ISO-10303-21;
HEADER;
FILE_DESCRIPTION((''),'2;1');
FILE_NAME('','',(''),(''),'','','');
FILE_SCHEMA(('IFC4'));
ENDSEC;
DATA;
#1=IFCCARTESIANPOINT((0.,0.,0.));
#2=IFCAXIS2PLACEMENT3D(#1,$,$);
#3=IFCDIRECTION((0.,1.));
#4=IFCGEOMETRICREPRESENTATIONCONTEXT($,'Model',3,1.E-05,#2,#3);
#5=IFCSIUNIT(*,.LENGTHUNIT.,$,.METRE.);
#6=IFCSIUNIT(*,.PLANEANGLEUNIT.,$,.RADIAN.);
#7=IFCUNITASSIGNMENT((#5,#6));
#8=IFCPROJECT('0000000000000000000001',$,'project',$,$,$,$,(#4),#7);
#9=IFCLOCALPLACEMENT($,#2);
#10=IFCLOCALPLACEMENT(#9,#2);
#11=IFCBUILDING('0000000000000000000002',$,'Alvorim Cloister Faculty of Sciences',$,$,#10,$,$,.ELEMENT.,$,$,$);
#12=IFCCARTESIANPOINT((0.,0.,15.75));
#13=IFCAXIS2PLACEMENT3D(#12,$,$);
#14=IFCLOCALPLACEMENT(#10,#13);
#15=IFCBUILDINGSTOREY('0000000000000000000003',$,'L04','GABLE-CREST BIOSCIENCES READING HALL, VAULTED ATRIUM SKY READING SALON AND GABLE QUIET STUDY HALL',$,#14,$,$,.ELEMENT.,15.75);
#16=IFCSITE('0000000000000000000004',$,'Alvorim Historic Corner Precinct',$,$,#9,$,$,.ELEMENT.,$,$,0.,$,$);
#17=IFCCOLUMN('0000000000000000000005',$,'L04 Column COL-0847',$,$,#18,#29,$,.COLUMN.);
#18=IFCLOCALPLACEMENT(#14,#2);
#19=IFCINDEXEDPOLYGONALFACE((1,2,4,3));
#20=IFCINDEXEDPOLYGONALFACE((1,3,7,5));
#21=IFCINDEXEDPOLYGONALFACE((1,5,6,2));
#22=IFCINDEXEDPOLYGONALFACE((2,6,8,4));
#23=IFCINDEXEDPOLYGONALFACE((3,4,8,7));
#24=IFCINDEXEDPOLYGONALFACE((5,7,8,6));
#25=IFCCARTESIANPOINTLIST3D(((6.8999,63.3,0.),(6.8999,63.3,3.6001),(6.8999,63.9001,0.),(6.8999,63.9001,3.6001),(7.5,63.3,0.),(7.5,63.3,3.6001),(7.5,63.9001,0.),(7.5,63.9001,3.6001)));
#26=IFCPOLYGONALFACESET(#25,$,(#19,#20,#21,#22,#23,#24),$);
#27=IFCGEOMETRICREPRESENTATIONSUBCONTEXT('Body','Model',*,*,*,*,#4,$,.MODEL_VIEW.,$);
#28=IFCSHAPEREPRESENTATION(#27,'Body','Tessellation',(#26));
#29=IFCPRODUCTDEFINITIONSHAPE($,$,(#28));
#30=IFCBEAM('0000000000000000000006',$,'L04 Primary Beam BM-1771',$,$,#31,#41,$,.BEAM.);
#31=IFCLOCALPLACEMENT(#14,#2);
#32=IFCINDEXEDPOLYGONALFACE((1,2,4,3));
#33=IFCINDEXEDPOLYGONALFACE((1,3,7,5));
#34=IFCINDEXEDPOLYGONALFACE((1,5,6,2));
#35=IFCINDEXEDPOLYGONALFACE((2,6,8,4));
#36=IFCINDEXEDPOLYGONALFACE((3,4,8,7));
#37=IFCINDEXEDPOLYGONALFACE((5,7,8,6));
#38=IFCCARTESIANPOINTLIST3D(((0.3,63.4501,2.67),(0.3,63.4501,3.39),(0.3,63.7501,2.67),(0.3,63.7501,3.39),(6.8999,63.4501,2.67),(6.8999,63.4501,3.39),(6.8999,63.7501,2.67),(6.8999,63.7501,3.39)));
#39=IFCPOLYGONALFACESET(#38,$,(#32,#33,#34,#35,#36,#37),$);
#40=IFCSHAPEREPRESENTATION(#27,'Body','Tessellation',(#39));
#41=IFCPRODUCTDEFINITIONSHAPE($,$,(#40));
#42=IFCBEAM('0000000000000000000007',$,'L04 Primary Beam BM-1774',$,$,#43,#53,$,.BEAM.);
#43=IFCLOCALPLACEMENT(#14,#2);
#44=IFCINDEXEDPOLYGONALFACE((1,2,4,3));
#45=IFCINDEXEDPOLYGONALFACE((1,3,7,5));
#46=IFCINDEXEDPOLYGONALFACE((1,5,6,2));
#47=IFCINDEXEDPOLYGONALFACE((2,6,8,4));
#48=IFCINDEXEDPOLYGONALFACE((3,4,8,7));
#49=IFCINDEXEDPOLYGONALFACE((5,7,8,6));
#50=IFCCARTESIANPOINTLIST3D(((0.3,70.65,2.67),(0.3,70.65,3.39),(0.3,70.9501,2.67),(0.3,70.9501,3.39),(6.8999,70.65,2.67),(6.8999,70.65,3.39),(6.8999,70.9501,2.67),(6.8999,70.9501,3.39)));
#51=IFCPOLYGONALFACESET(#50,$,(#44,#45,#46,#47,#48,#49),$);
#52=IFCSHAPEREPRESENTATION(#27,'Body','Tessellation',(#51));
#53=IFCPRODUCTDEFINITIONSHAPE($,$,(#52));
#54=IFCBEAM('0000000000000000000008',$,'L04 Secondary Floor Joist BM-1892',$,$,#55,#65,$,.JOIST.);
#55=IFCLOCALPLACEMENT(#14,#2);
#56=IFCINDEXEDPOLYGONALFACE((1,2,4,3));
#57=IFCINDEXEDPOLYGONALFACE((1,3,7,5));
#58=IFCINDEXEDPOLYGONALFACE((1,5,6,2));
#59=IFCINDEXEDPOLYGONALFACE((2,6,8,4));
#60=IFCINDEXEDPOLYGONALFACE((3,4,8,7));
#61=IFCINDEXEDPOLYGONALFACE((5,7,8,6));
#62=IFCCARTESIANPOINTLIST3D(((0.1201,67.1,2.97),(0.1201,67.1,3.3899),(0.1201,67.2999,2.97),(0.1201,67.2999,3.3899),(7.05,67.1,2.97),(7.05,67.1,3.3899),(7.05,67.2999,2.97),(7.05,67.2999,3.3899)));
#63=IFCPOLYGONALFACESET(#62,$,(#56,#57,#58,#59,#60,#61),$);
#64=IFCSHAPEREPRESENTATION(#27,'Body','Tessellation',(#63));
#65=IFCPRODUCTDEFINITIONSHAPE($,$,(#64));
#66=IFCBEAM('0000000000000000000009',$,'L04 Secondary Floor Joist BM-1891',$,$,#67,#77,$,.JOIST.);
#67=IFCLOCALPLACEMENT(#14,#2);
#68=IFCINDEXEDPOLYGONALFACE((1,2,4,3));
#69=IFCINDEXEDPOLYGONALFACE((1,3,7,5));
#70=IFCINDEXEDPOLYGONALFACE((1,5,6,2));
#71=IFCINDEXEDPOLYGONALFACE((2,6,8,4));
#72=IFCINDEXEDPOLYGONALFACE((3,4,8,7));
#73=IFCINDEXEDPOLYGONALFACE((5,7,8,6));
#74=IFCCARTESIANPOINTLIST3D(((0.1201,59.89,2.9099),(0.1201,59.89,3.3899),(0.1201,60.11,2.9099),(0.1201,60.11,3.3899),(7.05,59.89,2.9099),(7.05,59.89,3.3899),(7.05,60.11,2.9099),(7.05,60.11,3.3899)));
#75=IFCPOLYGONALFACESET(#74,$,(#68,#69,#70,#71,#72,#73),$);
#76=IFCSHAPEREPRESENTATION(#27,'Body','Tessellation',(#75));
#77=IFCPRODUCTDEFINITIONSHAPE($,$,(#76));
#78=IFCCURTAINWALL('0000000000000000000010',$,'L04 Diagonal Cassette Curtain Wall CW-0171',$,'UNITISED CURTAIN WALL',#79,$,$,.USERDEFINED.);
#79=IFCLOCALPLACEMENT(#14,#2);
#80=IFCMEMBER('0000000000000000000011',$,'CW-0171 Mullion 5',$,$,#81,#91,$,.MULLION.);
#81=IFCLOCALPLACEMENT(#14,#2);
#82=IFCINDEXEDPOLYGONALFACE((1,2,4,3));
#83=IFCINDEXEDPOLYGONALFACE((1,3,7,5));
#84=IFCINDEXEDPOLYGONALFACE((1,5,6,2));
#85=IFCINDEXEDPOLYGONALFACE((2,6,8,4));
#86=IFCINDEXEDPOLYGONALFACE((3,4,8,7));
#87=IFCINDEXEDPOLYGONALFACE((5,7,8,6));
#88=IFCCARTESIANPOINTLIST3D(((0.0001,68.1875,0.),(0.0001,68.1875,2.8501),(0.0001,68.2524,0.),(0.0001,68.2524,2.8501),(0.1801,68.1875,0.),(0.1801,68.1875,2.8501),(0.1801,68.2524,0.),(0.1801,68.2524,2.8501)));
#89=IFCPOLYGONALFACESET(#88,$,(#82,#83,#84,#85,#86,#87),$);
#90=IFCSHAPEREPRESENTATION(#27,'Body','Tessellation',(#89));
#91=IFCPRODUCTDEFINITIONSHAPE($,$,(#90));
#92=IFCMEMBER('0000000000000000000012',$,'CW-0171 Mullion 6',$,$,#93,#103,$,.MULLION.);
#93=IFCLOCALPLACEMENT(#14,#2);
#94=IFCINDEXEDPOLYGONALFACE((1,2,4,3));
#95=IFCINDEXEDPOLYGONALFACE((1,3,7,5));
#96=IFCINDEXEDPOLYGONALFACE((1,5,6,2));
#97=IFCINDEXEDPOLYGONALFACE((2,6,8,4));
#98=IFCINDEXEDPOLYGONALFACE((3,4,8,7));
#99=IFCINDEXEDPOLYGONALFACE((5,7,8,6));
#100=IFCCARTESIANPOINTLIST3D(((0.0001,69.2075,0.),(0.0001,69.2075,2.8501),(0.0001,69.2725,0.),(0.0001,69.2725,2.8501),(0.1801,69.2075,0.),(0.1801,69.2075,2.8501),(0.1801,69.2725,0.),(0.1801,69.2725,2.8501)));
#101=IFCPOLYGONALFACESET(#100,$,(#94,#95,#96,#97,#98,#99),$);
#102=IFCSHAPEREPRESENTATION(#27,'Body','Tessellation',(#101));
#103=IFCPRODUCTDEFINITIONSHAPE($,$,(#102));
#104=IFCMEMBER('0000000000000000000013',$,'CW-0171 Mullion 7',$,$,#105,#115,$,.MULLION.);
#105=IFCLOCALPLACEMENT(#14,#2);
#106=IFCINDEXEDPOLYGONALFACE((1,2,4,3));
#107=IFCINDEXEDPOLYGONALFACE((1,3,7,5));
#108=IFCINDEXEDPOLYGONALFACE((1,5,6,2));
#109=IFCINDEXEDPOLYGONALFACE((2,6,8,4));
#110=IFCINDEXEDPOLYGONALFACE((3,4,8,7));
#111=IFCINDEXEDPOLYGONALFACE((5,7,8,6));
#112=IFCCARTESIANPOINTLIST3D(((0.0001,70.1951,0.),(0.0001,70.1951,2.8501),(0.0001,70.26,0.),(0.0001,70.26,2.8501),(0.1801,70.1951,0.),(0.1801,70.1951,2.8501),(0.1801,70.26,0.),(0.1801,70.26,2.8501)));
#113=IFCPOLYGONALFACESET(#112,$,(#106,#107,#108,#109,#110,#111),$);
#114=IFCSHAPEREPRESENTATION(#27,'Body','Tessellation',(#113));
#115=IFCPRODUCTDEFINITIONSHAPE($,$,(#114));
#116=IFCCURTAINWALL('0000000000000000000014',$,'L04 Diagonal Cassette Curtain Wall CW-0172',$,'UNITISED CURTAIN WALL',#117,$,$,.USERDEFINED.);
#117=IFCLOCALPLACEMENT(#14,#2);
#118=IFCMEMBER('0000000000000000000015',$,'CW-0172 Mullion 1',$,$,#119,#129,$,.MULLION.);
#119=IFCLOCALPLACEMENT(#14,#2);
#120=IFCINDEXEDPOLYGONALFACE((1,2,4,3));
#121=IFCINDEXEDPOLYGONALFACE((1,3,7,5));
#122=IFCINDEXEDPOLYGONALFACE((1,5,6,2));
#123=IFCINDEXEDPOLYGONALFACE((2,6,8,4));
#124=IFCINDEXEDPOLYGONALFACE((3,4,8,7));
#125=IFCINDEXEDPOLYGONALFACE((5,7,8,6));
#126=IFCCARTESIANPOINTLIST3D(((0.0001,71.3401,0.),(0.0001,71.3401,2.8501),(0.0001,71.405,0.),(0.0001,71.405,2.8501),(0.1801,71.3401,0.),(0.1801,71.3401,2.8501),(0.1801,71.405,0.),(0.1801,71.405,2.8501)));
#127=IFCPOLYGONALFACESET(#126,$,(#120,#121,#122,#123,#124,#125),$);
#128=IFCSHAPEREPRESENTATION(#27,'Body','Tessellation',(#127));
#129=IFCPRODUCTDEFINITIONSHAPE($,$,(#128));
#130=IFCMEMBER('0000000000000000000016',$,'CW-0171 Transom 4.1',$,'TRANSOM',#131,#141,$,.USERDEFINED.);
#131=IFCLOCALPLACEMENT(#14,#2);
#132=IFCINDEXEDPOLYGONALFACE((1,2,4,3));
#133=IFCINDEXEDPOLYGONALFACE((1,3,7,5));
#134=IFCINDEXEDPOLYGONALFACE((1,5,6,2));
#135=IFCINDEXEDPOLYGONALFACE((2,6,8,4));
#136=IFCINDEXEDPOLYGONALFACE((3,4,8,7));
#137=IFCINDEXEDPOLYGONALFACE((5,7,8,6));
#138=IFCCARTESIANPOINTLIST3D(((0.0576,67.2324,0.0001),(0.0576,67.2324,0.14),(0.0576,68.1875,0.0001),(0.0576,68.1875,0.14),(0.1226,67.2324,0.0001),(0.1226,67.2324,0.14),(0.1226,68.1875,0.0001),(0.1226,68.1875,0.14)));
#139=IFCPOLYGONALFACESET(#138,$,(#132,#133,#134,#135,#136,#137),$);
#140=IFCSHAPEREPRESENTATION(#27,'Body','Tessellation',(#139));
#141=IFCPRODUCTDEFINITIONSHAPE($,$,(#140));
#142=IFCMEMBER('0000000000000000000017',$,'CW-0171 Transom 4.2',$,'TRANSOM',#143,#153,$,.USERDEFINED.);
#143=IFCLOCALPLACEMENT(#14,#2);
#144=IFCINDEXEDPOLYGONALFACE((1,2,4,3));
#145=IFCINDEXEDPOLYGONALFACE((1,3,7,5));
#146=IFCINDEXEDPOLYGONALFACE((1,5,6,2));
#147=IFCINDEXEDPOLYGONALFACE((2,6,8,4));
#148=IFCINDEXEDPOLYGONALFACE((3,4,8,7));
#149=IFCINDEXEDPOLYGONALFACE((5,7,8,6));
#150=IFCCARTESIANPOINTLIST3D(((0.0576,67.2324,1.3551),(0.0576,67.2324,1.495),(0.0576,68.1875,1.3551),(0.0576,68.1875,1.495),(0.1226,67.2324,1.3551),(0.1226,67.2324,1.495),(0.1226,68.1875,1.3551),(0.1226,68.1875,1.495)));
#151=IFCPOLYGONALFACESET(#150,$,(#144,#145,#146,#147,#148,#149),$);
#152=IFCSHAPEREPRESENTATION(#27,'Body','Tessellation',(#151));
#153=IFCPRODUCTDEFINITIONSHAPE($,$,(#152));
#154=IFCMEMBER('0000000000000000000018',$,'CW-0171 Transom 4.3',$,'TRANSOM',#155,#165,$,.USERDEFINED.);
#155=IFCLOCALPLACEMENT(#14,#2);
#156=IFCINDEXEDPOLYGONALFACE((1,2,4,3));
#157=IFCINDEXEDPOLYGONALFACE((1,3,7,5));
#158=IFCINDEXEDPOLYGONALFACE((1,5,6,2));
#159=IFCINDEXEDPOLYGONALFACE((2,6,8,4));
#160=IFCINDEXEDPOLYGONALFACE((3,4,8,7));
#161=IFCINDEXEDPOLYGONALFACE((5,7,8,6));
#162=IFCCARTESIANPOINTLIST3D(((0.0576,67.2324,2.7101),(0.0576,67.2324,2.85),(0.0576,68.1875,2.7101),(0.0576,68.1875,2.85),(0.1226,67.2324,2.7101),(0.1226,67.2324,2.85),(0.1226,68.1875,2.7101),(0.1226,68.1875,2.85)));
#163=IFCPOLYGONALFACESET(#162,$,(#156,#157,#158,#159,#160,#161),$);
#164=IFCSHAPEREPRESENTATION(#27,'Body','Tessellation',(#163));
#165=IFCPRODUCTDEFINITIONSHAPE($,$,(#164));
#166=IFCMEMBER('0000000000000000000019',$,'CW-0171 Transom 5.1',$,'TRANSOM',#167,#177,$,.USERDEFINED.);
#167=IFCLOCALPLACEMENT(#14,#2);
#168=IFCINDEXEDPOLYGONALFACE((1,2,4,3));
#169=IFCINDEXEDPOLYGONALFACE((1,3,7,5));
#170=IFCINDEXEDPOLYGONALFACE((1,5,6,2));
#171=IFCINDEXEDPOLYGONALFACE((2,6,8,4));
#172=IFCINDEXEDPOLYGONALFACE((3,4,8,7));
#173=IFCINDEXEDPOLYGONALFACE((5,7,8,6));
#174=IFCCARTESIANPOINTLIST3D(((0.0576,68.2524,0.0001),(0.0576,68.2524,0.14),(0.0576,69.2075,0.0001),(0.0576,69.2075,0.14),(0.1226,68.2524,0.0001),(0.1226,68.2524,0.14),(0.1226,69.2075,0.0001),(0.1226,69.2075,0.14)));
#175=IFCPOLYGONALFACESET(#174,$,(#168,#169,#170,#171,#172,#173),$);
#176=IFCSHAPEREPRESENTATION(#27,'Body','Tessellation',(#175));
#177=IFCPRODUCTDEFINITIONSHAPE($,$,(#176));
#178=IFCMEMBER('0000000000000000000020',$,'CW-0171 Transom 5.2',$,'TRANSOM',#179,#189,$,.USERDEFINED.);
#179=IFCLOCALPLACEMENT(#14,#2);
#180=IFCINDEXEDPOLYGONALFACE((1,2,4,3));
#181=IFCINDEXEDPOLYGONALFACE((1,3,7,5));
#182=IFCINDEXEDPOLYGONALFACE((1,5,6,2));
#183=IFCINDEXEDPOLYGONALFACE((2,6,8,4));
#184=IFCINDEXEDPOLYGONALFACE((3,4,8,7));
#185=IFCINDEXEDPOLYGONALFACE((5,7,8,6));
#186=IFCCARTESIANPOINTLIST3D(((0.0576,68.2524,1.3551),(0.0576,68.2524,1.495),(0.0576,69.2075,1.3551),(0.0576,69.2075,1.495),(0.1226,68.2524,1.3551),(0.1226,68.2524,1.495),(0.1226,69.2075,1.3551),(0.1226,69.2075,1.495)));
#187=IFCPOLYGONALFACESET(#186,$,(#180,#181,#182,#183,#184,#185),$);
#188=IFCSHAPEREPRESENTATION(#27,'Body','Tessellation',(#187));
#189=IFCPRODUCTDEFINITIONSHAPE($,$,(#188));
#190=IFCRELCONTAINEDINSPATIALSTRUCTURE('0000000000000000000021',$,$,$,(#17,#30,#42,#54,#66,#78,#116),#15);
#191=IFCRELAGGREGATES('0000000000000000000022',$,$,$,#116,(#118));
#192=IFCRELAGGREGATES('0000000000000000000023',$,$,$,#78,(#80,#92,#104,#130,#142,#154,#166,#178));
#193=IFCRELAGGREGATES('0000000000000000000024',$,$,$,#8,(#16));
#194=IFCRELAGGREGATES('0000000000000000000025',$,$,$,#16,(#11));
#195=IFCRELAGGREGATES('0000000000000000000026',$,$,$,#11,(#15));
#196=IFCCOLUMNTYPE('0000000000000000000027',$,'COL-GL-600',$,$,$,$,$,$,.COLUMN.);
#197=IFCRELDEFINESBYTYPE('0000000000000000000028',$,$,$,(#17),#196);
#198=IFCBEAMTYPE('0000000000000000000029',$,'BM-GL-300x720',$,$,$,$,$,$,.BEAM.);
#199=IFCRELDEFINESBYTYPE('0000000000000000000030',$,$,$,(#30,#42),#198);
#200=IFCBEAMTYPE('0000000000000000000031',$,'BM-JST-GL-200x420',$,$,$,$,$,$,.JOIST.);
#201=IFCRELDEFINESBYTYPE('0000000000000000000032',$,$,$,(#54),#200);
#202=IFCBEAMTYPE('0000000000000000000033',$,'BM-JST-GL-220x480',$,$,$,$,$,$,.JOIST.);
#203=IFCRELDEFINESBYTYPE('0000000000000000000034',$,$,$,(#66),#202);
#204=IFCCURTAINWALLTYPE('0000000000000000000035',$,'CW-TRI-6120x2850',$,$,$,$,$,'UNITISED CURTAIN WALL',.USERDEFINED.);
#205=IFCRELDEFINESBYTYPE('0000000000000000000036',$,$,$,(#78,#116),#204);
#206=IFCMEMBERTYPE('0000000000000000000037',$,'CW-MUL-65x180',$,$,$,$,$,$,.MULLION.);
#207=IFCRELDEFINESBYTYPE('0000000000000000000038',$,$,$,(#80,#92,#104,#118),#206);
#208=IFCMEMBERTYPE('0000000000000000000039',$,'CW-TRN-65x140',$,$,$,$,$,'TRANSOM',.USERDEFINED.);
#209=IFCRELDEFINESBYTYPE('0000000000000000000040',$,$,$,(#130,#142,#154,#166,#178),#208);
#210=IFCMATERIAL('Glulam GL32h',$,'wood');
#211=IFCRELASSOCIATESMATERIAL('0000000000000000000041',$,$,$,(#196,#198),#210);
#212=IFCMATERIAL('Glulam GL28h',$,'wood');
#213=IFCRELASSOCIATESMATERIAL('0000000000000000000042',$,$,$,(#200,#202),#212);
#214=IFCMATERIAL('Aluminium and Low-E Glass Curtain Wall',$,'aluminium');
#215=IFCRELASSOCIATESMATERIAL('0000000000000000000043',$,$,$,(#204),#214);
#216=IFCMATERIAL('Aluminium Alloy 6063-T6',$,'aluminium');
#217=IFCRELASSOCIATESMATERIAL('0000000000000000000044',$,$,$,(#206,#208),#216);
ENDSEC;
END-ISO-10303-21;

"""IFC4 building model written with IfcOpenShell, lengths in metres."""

from ifc_helpers import new_model, si_unit, direction, frame, origin, origin_2d, place, context, subcontext, project, spatial, rectangle, extrude, material, material_profile, profile_set, type_object, element, aggregate, save


model = new_model("IFC4")

# Units and contexts
model_context = context("Model", 3, precision=1e-05, world=origin(), true_north=direction((0.0, 1.0)))
body_context = subcontext(model_context, "Body", "Model", "MODEL_VIEW")
ifc_project = project(units=[si_unit("LENGTHUNIT", "METRE"), si_unit("PLANEANGLEUNIT", "RADIAN")], contexts=[model_context])

# Site, building, storey
site_placement = place(None, origin())
site = spatial("IfcSite", under=ifc_project, at=site_placement, Name="Alvorim Historic Corner Precinct", CompositionType="ELEMENT", RefElevation=0.0)
building_placement = place(site_placement, origin())
building = spatial("IfcBuilding", under=site, at=building_placement, Name="Alvorim Cloister Faculty of Sciences", CompositionType="ELEMENT")
storey_placement = place(building_placement, frame((0.0, 0.0, 15.75)))
storey = spatial("IfcBuildingStorey", under=building, at=storey_placement, Name="L04", Description="GABLE-CREST BIOSCIENCES READING HALL, VAULTED ATRIUM SKY READING SALON AND GABLE QUIET STUDY HALL", CompositionType="ELEMENT", Elevation=15.75)

# Column
ifc_material_1 = material(Name="Glulam GL32h", Category="wood")
ifc_material_profile_1 = material_profile(ifc_material_1, rectangle(XDim=0.6001, YDim=0.6001, at=origin_2d()), Name="GL32-COL-600x600")
ifc_profile_set_1 = profile_set([ifc_material_profile_1], Name="Glulam GL32h")
column_type = type_object("IfcColumnType", Name="COL-GL-600", PredefinedType="COLUMN", material=ifc_profile_set_1)
column_placement = place(storey_placement, frame((7.2, 63.6001, 0.0), z_axis=(0.0, 0.0, 1.0), x_axis=(1.0, 0.0, 0.0)))
element("IfcColumn", 1, at=column_placement, inside=storey, type_object=column_type, Name="L04 Column COL-0847", PredefinedType="COLUMN", context=body_context, shape_type="SweptSolid", body=[
    extrude(rectangle(XDim=0.6001, YDim=0.6001, at=origin_2d()), origin(), (0.0, 0.0, 1.0), 3.6001),
])

# Beams
ifc_material_profile_2 = material_profile(ifc_material_1, rectangle(XDim=0.3, YDim=0.72, at=origin_2d()), Name="GL32-BM-300x720")
ifc_profile_set_2 = profile_set([ifc_material_profile_2], Name="Glulam GL32h")
beam_type_1 = type_object("IfcBeamType", Name="BM-GL-300x720", PredefinedType="BEAM", material=ifc_profile_set_2)
for number, where, z_axis, x_axis, name in (
    (2, (0.3, 63.6001, 3.03), (1.0, 0.0, 0.0), (0.0, 1.0, 0.0), "L04 Primary Beam BM-1771"),
    (3, (0.3, 70.8, 3.03), (1.0, 0.0, 0.0), (0.0, 1.0, 0.0), "L04 Primary Beam BM-1774"),
):
    element("IfcBeam", number, at=place(storey_placement, frame(where, z_axis=z_axis, x_axis=x_axis)), inside=storey, type_object=beam_type_1, Name=name, PredefinedType="BEAM", context=body_context, shape_type="SweptSolid", body=[
        extrude(rectangle(XDim=0.3, YDim=0.72, at=origin_2d()), origin(), (0.0, 0.0, 1.0), 6.5999),
    ])
ifc_material_2 = material(Name="Glulam GL28h", Category="wood")
ifc_material_profile_3 = material_profile(ifc_material_2, rectangle(XDim=0.2, YDim=0.4199, at=origin_2d()), Name="GL28-JST-200x420")
ifc_profile_set_3 = profile_set([ifc_material_profile_3], Name="Glulam GL28h")
beam_type_2 = type_object("IfcBeamType", Name="BM-JST-GL-200x420", PredefinedType="JOIST", material=ifc_profile_set_3)
beam_1_placement = place(storey_placement, frame((0.1201, 67.2, 3.1799), z_axis=(1.0, 0.0, 0.0), x_axis=(0.0, 1.0, 0.0)))
element("IfcBeam", 4, at=beam_1_placement, inside=storey, type_object=beam_type_2, Name="L04 Secondary Floor Joist BM-1892", PredefinedType="JOIST", context=body_context, shape_type="SweptSolid", body=[
    extrude(rectangle(XDim=0.2, YDim=0.4199, at=origin_2d()), origin(), (0.0, 0.0, 1.0), 6.9299),
])
ifc_material_profile_4 = material_profile(ifc_material_2, rectangle(XDim=0.22, YDim=0.48, at=origin_2d()), Name="GL28-JST-220x480")
ifc_profile_set_4 = profile_set([ifc_material_profile_4], Name="Glulam GL28h")
beam_type_3 = type_object("IfcBeamType", Name="BM-JST-GL-220x480", PredefinedType="JOIST", material=ifc_profile_set_4)
beam_2_placement = place(storey_placement, frame((0.1201, 60.0, 3.1499), z_axis=(1.0, 0.0, 0.0), x_axis=(0.0, 1.0, 0.0)))
element("IfcBeam", 5, at=beam_2_placement, inside=storey, type_object=beam_type_3, Name="L04 Secondary Floor Joist BM-1891", PredefinedType="JOIST", context=body_context, shape_type="SweptSolid", body=[
    extrude(rectangle(XDim=0.22, YDim=0.48, at=origin_2d()), origin(), (0.0, 0.0, 1.0), 6.9299),
])

# Curtain wall, members
ifc_material_3 = material(Name="Aluminium and Low-E Glass Curtain Wall", Category="aluminium")
curtain_wall_type = type_object("IfcCurtainWallType", Name="CW-TRI-6120x2850", ElementType="UNITISED CURTAIN WALL", PredefinedType="USERDEFINED", material=ifc_material_3)
curtain_wall_1_placement = place(storey_placement, origin())
curtain_wall_1 = element("IfcCurtainWall", 6, at=curtain_wall_1_placement, inside=storey, type_object=curtain_wall_type, Name="L04 Diagonal Cassette Curtain Wall CW-0171", ObjectType="UNITISED CURTAIN WALL", PredefinedType="USERDEFINED")
ifc_material_4 = material(Name="Aluminium Alloy 6063-T6", Category="aluminium")
ifc_material_profile_5 = material_profile(ifc_material_4, rectangle(XDim=0.0649, YDim=0.1799, at=origin_2d()), Name="ALU-MUL-65x180")
ifc_profile_set_5 = profile_set([ifc_material_profile_5], Name="Aluminium Alloy 6063-T6")
member_type_1 = type_object("IfcMemberType", Name="CW-MUL-65x180", PredefinedType="MULLION", material=ifc_profile_set_5)
member_1_placement = place(storey_placement, frame((0.0901, 68.22, 0.0), z_axis=(0.0, 0.0, 1.0), x_axis=(0.0, 1.0, 0.0)))
member_1 = element("IfcMember", 7, at=member_1_placement, type_object=member_type_1, Name="CW-0171 Mullion 5", PredefinedType="MULLION", context=body_context, shape_type="SweptSolid", body=[
    extrude(rectangle(XDim=0.0649, YDim=0.1799, at=origin_2d()), origin(), (0.0, 0.0, 1.0), 2.8501),
])
member_2_placement = place(storey_placement, frame((0.0901, 69.24, 0.0), z_axis=(0.0, 0.0, 1.0), x_axis=(0.0, 1.0, 0.0)))
member_2 = element("IfcMember", 8, at=member_2_placement, type_object=member_type_1, Name="CW-0171 Mullion 6", PredefinedType="MULLION", context=body_context, shape_type="SweptSolid", body=[
    extrude(rectangle(XDim=0.0649, YDim=0.1799, at=origin_2d()), origin(), (0.0, 0.0, 1.0), 2.8501),
])
member_3_placement = place(storey_placement, frame((0.0901, 70.2275, 0.0), z_axis=(0.0, 0.0, 1.0), x_axis=(0.0, 1.0, 0.0)))
member_3 = element("IfcMember", 9, at=member_3_placement, type_object=member_type_1, Name="CW-0171 Mullion 7", PredefinedType="MULLION", context=body_context, shape_type="SweptSolid", body=[
    extrude(rectangle(XDim=0.0649, YDim=0.1799, at=origin_2d()), origin(), (0.0, 0.0, 1.0), 2.8501),
])

# Curtain wall, member
curtain_wall_2_placement = place(storey_placement, origin())
curtain_wall_2 = element("IfcCurtainWall", 10, at=curtain_wall_2_placement, inside=storey, type_object=curtain_wall_type, Name="L04 Diagonal Cassette Curtain Wall CW-0172", ObjectType="UNITISED CURTAIN WALL", PredefinedType="USERDEFINED")
member_4_placement = place(storey_placement, frame((0.0901, 71.3726, 0.0), z_axis=(0.0, 0.0, 1.0), x_axis=(0.0, 1.0, 0.0)))
member_4 = element("IfcMember", 11, at=member_4_placement, type_object=member_type_1, Name="CW-0172 Mullion 1", PredefinedType="MULLION", context=body_context, shape_type="SweptSolid", body=[
    extrude(rectangle(XDim=0.0649, YDim=0.1799, at=origin_2d()), origin(), (0.0, 0.0, 1.0), 2.8501),
])
aggregate(curtain_wall_2, [member_4])

# Members
ifc_material_profile_6 = material_profile(ifc_material_4, rectangle(XDim=0.0649, YDim=0.1399, at=origin_2d()), Name="ALU-TRN-65x140")
ifc_profile_set_6 = profile_set([ifc_material_profile_6], Name="Aluminium Alloy 6063-T6")
member_type_2 = type_object("IfcMemberType", Name="CW-TRN-65x140", ElementType="TRANSOM", PredefinedType="USERDEFINED", material=ifc_profile_set_6)
member_5_placement = place(storey_placement, frame((0.0901, 67.2324, 0.0701), z_axis=(0.0, 1.0, 0.0), x_axis=(-1.0, 0.0, 0.0)))
member_5 = element("IfcMember", 12, at=member_5_placement, type_object=member_type_2, Name="CW-0171 Transom 4.1", ObjectType="TRANSOM", PredefinedType="USERDEFINED", context=body_context, shape_type="SweptSolid", body=[
    extrude(rectangle(XDim=0.0649, YDim=0.1399, at=origin_2d()), origin(), (0.0, 0.0, 1.0), 0.9551),
])
member_6_placement = place(storey_placement, frame((0.0901, 67.2324, 1.425), z_axis=(0.0, 1.0, 0.0), x_axis=(-1.0, 0.0, 0.0)))
member_6 = element("IfcMember", 13, at=member_6_placement, type_object=member_type_2, Name="CW-0171 Transom 4.2", ObjectType="TRANSOM", PredefinedType="USERDEFINED", context=body_context, shape_type="SweptSolid", body=[
    extrude(rectangle(XDim=0.0649, YDim=0.1399, at=origin_2d()), origin(), (0.0, 0.0, 1.0), 0.9551),
])
member_7_placement = place(storey_placement, frame((0.0901, 67.2324, 2.78), z_axis=(0.0, 1.0, 0.0), x_axis=(-1.0, 0.0, 0.0)))
member_7 = element("IfcMember", 14, at=member_7_placement, type_object=member_type_2, Name="CW-0171 Transom 4.3", ObjectType="TRANSOM", PredefinedType="USERDEFINED", context=body_context, shape_type="SweptSolid", body=[
    extrude(rectangle(XDim=0.0649, YDim=0.1399, at=origin_2d()), origin(), (0.0, 0.0, 1.0), 0.9551),
])
member_8_placement = place(storey_placement, frame((0.0901, 68.2524, 0.0701), z_axis=(0.0, 1.0, 0.0), x_axis=(-1.0, 0.0, 0.0)))
member_8 = element("IfcMember", 15, at=member_8_placement, type_object=member_type_2, Name="CW-0171 Transom 5.1", ObjectType="TRANSOM", PredefinedType="USERDEFINED", context=body_context, shape_type="SweptSolid", body=[
    extrude(rectangle(XDim=0.0649, YDim=0.1399, at=origin_2d()), origin(), (0.0, 0.0, 1.0), 0.9551),
])
member_9_placement = place(storey_placement, frame((0.0901, 68.2524, 1.425), z_axis=(0.0, 1.0, 0.0), x_axis=(-1.0, 0.0, 0.0)))
member_9 = element("IfcMember", 16, at=member_9_placement, type_object=member_type_2, Name="CW-0171 Transom 5.2", ObjectType="TRANSOM", PredefinedType="USERDEFINED", context=body_context, shape_type="SweptSolid", body=[
    extrude(rectangle(XDim=0.0649, YDim=0.1399, at=origin_2d()), origin(), (0.0, 0.0, 1.0), 0.9551),
])
aggregate(curtain_wall_1, [member_1, member_2, member_3, member_5, member_6, member_7, member_8, member_9])

save(model, "model.ifc")
